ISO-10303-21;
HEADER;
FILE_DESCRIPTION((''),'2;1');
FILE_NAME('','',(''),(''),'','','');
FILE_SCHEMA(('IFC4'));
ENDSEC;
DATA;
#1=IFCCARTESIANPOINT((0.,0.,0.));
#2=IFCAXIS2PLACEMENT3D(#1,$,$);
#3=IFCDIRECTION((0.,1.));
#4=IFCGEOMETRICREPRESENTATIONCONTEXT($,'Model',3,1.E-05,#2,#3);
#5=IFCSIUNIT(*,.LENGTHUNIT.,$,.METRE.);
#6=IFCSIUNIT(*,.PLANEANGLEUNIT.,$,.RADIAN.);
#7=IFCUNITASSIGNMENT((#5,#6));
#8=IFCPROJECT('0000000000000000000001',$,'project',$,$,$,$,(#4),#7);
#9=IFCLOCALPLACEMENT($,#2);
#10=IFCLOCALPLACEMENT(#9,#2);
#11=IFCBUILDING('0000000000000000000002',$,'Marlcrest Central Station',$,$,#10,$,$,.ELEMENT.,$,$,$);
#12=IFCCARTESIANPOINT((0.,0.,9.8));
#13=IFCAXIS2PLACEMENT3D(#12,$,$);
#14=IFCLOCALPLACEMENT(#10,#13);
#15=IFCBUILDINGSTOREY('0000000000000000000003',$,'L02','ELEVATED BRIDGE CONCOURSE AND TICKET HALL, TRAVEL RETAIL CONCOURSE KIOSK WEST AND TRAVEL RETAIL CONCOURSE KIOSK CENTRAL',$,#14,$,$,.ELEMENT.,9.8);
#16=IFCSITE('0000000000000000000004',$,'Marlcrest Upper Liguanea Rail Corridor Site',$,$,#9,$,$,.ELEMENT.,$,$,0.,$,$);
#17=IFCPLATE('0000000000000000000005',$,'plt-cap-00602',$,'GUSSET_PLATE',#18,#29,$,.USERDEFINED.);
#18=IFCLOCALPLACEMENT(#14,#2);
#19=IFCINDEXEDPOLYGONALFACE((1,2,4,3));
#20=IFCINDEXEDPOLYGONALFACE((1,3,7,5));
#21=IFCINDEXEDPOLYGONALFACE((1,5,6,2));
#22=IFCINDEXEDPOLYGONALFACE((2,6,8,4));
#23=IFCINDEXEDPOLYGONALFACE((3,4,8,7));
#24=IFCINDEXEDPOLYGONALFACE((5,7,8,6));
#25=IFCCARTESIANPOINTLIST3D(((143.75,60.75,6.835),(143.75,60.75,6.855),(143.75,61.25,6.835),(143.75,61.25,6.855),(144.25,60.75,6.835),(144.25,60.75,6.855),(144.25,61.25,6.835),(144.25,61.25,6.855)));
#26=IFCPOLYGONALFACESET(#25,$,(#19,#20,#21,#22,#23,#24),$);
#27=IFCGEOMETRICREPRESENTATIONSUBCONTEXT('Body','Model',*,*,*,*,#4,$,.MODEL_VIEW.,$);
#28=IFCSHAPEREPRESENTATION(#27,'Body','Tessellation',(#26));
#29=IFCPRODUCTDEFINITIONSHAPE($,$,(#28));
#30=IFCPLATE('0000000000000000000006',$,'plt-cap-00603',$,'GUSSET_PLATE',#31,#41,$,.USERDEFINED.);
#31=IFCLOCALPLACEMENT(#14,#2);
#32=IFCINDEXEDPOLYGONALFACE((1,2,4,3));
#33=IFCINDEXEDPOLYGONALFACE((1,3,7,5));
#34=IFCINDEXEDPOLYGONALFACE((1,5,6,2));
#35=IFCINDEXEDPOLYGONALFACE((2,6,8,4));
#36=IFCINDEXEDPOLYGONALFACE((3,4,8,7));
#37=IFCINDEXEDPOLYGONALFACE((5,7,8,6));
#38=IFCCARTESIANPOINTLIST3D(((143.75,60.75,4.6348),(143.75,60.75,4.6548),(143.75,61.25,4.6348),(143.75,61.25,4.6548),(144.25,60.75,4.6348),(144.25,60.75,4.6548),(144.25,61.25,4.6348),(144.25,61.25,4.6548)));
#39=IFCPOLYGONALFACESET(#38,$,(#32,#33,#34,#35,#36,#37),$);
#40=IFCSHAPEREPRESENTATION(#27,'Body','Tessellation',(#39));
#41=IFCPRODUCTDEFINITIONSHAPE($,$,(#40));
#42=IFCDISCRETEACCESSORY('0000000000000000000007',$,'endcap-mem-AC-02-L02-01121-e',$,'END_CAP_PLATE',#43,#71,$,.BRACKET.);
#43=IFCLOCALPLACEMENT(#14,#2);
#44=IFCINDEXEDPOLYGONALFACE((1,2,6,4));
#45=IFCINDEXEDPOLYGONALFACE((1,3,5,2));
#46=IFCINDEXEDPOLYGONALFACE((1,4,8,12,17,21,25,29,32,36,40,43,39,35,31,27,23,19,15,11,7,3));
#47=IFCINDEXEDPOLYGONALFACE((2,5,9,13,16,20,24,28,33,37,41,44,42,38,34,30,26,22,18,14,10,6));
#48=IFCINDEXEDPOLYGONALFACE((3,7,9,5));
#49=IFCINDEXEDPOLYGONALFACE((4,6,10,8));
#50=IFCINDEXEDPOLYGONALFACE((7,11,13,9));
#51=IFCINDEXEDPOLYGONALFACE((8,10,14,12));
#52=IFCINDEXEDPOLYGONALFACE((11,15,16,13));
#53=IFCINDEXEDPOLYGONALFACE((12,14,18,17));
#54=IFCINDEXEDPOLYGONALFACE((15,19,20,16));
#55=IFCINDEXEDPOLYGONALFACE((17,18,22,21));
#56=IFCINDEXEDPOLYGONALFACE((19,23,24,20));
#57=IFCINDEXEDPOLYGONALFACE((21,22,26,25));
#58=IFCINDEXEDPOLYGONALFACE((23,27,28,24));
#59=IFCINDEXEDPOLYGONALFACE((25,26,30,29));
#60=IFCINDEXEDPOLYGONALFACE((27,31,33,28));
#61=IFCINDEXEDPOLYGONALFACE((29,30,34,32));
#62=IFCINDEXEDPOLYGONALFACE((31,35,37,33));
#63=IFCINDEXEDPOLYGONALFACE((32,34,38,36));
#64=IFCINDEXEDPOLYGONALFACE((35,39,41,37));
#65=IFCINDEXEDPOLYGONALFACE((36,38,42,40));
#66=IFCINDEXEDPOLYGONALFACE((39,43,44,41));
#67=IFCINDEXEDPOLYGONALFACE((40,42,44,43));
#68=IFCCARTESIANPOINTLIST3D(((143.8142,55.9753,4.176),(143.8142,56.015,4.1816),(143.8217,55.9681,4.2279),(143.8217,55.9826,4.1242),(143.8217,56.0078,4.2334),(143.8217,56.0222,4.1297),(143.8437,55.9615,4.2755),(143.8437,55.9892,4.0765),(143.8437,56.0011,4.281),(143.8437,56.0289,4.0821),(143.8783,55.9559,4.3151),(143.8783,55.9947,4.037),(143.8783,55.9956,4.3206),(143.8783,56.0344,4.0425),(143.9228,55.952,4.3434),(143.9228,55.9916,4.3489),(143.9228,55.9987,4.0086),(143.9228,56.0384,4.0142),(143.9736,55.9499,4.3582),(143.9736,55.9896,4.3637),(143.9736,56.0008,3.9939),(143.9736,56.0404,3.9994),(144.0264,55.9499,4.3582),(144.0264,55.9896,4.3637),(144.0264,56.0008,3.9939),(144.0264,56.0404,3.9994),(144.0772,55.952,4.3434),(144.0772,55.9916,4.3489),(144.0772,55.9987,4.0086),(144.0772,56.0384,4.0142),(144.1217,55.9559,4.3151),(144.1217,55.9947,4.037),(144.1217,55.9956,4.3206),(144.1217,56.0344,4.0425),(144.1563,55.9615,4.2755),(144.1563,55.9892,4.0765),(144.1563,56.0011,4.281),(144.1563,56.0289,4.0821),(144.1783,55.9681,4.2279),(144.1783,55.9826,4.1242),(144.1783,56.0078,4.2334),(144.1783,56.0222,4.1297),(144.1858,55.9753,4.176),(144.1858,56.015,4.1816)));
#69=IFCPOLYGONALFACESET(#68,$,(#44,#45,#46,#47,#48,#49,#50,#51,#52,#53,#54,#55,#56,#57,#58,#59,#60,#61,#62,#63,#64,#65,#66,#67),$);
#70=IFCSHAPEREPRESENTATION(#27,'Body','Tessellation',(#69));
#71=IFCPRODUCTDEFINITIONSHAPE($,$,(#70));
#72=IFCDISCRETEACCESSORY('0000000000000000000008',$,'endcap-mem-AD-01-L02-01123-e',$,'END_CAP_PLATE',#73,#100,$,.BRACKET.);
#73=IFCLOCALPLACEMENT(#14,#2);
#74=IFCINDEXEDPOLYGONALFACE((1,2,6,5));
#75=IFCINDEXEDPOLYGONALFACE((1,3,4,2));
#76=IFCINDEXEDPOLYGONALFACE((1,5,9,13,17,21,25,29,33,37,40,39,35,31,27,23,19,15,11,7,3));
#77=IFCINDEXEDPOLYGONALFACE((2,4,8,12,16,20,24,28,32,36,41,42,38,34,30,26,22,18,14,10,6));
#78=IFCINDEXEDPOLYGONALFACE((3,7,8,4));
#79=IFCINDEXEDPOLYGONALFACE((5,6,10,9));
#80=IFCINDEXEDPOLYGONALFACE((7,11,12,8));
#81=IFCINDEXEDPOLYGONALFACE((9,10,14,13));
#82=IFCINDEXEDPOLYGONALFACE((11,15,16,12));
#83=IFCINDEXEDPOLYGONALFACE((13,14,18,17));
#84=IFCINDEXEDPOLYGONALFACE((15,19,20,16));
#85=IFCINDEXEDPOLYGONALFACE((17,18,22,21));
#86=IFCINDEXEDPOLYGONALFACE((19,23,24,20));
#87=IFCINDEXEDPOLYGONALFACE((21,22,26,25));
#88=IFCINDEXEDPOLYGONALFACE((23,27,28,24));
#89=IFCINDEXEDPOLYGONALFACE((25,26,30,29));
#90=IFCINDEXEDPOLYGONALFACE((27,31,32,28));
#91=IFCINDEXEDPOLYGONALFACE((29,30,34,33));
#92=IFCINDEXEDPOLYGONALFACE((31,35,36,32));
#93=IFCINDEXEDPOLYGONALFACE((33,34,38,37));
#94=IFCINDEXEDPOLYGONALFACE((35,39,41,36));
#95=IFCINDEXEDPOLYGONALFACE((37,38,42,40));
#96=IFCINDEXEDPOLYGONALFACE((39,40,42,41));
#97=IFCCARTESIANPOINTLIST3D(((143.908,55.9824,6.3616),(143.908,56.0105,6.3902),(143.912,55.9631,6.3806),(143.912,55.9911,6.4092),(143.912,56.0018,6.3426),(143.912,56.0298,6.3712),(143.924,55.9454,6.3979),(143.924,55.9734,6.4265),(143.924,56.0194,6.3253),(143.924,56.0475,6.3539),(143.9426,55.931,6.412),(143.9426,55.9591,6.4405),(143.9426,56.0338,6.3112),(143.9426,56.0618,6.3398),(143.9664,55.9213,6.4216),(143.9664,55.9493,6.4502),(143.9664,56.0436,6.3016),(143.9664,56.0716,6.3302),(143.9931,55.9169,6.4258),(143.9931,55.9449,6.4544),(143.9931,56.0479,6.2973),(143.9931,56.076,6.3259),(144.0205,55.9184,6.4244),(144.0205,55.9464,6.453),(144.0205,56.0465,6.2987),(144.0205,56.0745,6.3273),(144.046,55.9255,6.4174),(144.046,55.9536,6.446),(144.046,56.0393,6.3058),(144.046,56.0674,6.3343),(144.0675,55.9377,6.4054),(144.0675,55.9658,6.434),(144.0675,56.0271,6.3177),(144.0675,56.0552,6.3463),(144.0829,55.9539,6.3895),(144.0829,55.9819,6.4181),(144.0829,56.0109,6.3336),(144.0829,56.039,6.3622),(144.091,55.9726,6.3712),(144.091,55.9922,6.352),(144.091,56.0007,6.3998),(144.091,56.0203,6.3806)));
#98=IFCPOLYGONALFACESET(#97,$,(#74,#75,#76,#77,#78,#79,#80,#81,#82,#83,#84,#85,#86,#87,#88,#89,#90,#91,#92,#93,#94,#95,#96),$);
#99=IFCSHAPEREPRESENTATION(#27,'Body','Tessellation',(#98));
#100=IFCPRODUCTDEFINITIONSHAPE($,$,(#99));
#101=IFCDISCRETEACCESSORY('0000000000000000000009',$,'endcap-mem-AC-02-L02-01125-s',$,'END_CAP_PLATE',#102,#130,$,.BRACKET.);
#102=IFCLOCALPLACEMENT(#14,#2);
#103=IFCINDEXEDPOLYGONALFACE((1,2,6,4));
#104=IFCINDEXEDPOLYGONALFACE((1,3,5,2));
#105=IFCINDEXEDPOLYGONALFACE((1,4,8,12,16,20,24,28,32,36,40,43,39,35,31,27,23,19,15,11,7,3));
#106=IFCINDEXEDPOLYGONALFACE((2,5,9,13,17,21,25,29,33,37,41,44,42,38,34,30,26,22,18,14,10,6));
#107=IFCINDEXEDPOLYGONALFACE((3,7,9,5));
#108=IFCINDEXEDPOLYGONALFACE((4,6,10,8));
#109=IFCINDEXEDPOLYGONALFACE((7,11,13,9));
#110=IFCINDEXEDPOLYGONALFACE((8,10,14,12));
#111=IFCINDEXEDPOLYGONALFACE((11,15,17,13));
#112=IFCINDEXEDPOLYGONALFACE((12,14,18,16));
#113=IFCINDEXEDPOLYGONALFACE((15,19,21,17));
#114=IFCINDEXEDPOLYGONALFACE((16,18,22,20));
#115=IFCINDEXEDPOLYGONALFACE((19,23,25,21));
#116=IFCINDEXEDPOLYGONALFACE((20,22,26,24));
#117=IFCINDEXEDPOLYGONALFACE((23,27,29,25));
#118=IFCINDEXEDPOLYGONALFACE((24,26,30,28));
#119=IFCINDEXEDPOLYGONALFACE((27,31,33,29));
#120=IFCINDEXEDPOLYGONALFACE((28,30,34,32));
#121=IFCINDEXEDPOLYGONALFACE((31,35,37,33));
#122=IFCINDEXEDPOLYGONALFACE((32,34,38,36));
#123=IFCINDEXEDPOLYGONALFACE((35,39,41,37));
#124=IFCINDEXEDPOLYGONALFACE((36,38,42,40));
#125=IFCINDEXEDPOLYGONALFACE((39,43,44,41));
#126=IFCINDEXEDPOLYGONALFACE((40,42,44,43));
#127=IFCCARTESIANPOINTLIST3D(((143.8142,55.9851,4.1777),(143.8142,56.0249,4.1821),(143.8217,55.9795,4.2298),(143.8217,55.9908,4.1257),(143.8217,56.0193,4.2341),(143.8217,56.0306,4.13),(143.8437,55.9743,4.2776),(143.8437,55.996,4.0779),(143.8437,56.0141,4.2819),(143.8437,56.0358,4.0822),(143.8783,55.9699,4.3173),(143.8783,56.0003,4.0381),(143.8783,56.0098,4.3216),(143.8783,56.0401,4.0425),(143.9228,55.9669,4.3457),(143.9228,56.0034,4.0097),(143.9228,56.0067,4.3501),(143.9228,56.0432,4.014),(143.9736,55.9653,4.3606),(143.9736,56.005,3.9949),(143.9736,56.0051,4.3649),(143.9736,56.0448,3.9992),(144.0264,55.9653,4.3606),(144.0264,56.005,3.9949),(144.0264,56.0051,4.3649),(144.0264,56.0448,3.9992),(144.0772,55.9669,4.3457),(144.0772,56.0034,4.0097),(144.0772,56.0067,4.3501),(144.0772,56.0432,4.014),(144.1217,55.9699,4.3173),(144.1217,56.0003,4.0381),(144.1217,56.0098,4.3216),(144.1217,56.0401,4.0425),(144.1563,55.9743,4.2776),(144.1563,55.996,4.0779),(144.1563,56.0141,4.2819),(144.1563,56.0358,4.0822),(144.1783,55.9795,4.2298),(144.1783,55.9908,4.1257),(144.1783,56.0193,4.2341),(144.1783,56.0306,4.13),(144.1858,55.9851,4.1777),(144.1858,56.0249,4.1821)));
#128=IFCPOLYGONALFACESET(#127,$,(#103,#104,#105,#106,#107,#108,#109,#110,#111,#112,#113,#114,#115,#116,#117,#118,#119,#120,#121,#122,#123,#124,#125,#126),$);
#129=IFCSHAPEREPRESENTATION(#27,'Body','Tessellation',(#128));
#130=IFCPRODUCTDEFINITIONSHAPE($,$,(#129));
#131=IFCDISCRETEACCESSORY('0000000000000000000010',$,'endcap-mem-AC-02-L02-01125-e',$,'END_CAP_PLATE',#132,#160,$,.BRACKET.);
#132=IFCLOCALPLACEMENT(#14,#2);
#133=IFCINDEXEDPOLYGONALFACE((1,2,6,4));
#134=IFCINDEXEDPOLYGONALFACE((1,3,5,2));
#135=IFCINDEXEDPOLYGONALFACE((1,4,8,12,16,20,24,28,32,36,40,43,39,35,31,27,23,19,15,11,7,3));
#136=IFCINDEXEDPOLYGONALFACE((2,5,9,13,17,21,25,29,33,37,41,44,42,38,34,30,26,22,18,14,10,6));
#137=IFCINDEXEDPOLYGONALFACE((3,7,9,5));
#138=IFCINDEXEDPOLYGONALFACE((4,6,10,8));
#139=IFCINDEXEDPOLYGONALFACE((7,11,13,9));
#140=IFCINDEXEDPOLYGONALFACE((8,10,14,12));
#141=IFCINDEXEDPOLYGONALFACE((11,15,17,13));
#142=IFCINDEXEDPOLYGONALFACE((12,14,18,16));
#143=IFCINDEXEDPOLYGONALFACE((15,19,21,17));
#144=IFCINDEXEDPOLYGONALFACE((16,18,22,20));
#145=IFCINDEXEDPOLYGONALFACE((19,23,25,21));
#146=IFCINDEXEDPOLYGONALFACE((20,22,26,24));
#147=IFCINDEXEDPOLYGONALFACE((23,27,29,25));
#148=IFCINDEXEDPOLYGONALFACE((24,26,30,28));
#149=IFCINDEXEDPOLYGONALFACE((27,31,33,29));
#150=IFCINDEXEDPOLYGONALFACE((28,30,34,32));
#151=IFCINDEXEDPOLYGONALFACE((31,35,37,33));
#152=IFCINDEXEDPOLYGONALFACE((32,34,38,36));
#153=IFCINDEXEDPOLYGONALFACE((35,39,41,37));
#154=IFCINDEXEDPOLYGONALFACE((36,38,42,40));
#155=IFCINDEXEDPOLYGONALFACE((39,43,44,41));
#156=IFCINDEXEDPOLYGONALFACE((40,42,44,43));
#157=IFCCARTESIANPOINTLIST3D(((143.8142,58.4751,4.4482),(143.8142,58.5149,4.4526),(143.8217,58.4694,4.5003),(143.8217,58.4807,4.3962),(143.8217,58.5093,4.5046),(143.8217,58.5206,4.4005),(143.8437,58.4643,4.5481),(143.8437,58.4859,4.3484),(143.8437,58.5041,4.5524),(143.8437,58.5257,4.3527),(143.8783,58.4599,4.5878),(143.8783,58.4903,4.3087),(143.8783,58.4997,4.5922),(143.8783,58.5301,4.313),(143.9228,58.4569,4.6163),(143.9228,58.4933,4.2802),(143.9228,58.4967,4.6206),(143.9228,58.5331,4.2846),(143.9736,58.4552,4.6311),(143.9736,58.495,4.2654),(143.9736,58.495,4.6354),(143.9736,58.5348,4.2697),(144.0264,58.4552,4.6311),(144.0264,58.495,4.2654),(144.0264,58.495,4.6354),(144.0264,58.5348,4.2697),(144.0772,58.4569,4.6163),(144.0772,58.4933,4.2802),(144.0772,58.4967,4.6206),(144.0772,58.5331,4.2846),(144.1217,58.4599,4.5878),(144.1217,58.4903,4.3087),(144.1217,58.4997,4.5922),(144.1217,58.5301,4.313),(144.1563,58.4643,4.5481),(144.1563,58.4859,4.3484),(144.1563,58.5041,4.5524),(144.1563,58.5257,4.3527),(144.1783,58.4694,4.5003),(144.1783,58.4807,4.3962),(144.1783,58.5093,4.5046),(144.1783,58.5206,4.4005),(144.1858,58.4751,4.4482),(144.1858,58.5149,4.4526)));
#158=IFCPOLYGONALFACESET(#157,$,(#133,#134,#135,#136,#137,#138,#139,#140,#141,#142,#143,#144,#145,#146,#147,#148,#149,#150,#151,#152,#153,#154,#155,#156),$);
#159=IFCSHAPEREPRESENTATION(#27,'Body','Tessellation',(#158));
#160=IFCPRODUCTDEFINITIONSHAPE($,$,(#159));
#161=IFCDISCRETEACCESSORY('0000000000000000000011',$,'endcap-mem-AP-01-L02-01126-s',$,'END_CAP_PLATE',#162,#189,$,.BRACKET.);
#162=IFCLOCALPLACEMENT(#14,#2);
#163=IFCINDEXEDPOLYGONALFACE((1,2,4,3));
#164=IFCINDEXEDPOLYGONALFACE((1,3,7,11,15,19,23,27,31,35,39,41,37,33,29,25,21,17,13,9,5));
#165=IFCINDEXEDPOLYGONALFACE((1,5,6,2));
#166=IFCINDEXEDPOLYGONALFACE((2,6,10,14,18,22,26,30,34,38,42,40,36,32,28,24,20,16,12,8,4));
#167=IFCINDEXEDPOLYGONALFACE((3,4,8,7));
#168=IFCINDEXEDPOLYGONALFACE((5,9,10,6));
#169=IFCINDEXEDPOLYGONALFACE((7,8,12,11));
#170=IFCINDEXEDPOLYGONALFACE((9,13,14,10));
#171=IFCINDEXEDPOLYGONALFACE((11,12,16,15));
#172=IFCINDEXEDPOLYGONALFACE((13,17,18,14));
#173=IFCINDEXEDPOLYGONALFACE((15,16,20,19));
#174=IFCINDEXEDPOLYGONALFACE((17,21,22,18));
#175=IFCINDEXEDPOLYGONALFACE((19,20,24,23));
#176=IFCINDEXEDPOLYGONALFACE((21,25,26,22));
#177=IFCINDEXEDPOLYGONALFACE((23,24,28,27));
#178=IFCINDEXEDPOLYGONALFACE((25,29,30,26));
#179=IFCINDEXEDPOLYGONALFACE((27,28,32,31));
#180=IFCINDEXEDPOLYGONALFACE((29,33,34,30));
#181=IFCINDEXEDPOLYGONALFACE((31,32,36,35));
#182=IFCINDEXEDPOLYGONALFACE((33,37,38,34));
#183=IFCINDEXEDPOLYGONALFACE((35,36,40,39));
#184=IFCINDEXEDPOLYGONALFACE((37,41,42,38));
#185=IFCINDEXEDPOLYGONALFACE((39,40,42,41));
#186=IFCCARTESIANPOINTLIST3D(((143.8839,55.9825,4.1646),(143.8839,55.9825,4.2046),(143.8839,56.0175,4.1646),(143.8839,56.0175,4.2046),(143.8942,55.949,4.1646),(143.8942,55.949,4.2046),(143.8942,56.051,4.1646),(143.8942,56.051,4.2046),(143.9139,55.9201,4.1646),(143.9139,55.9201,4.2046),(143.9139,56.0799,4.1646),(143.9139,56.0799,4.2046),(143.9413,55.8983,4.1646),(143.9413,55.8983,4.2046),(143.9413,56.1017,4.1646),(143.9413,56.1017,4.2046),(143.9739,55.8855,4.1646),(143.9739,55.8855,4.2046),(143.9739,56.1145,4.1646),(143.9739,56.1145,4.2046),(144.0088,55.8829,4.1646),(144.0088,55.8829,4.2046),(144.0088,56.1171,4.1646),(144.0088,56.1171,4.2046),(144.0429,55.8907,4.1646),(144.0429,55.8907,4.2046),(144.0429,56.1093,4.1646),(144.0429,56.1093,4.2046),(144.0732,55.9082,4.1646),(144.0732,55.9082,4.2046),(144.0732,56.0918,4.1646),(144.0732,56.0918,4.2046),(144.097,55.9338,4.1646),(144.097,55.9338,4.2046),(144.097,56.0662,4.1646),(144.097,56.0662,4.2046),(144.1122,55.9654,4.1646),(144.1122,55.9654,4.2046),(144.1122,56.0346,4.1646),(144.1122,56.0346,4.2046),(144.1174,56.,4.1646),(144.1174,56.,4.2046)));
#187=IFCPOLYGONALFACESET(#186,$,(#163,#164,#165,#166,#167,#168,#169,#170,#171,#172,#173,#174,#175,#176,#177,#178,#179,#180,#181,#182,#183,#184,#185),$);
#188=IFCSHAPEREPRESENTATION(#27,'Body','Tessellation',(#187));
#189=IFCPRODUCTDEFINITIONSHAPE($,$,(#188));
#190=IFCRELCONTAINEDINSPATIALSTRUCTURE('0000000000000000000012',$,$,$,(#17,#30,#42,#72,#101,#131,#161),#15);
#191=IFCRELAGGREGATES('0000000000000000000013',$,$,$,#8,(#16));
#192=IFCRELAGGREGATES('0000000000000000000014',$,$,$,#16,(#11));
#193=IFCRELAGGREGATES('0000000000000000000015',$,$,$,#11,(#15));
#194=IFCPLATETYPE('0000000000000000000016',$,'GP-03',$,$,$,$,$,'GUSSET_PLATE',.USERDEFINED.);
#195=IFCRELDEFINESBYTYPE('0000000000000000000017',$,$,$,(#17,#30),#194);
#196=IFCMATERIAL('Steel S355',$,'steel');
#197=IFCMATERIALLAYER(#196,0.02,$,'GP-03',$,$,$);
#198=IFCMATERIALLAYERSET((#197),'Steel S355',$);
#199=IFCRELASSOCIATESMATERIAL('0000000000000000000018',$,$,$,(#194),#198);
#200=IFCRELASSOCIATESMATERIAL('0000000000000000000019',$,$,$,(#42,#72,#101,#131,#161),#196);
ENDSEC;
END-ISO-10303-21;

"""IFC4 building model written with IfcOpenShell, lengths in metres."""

from ifc_helpers import new_model, si_unit, direction, frame, origin, origin_2d, place, context, subcontext, project, spatial, rectangle, circle, extrude, material, layer, layer_set, type_object, element, save


model = new_model("IFC4")

# Units and contexts
model_context = context("Model", 3, precision=1e-05, world=origin(), true_north=direction((0.0, 1.0)))
body_context = subcontext(model_context, "Body", "Model", "MODEL_VIEW")
ifc_project = project(units=[si_unit("LENGTHUNIT", "METRE"), si_unit("PLANEANGLEUNIT", "RADIAN")], contexts=[model_context])

# Site, building, storey
site_placement = place(None, origin())
site = spatial("IfcSite", under=ifc_project, at=site_placement, Name="Marlcrest Upper Liguanea Rail Corridor Site", CompositionType="ELEMENT", RefElevation=0.0)
building_placement = place(site_placement, origin())
building = spatial("IfcBuilding", under=site, at=building_placement, Name="Marlcrest Central Station", CompositionType="ELEMENT")
storey_placement = place(building_placement, frame((0.0, 0.0, 9.8)))
storey = spatial("IfcBuildingStorey", under=building, at=storey_placement, Name="L02", Description="ELEVATED BRIDGE CONCOURSE AND TICKET HALL, TRAVEL RETAIL CONCOURSE KIOSK WEST AND TRAVEL RETAIL CONCOURSE KIOSK CENTRAL", CompositionType="ELEMENT", Elevation=9.8)

# Shared definitions
ifc_material = material(Name="Steel S355", Category="steel")

# Plates
ifc_layer = layer(ifc_material, 0.02, Name="GP-03")
ifc_layer_set = layer_set([ifc_layer], Name="Steel S355")
plate_type = type_object("IfcPlateType", Name="GP-03", ElementType="GUSSET_PLATE", PredefinedType="USERDEFINED", material=ifc_layer_set)
for number, where, z_axis, x_axis, name in (
    (1, (144.0, 61.0, 6.835), (0.0, 0.0, 1.0), (1.0, 0.0, 0.0), "plt-cap-00602"),
    (2, (144.0, 61.0, 4.6348), (0.0, 0.0, 1.0), (1.0, 0.0, 0.0), "plt-cap-00603"),
):
    element("IfcPlate", number, at=place(storey_placement, frame(where, z_axis=z_axis, x_axis=x_axis)), inside=storey, type_object=plate_type, Name=name, ObjectType="GUSSET_PLATE", PredefinedType="USERDEFINED", context=body_context, shape_type="SweptSolid", body=[
        extrude(rectangle(XDim=0.5, YDim=0.5, at=origin_2d()), origin(), (0.0, 0.0, 1.0), 0.02),
    ])

# Discrete accessories
discrete_accessory_1_placement = place(storey_placement, frame((144.0, 55.9753, 4.176), z_axis=(0.0, 0.990403, 0.138211), x_axis=(-1.0, 0.0, 0.0)))
element("IfcDiscreteAccessory", 3, at=discrete_accessory_1_placement, inside=storey, material=ifc_material, Name="endcap-mem-AC-02-L02-01121-e", ObjectType="END_CAP_PLATE", PredefinedType="BRACKET", context=body_context, shape_type="SweptSolid", body=[
    extrude(circle(Radius=0.1858, at=origin_2d()), origin(), (0.0, 0.0, 1.0), 0.04),
])
discrete_accessory_2_placement = place(storey_placement, frame((144.0, 55.9824, 6.3616), z_axis=(0.0, 0.700235, 0.713912), x_axis=(-1.0, 0.0, 0.0)))
element("IfcDiscreteAccessory", 4, at=discrete_accessory_2_placement, inside=storey, material=ifc_material, Name="endcap-mem-AD-01-L02-01123-e", ObjectType="END_CAP_PLATE", PredefinedType="BRACKET", context=body_context, shape_type="SweptSolid", body=[
    extrude(circle(Radius=0.092, at=origin_2d()), origin(), (0.0, 0.0, 1.0), 0.04),
])
for number, where, z_axis, x_axis, name in (
    (5, (144.0, 55.9851, 4.1777), (0.0, 0.994155, 0.107959), (-1.0, 0.0, 0.0), "endcap-mem-AC-02-L02-01125-s"),
    (6, (144.0, 58.4751, 4.4482), (0.0, 0.994155, 0.107959), (-1.0, 0.0, 0.0), "endcap-mem-AC-02-L02-01125-e"),
):
    element("IfcDiscreteAccessory", number, at=place(storey_placement, frame(where, z_axis=z_axis, x_axis=x_axis)), inside=storey, material=ifc_material, Name=name, ObjectType="END_CAP_PLATE", PredefinedType="BRACKET", context=body_context, shape_type="SweptSolid", body=[
        extrude(circle(Radius=0.1858, at=origin_2d()), origin(), (0.0, 0.0, 1.0), 0.04),
    ])
for number, where, z_axis, x_axis, name in (
    (7, (144.0, 56.0, 4.1646), (0.0, 0.0, 1.0), (1.0, 0.0, 0.0), "endcap-mem-AP-01-L02-01126-s"),
):
    element("IfcDiscreteAccessory", number, at=place(storey_placement, frame(where, z_axis=z_axis, x_axis=x_axis)), inside=storey, material=ifc_material, Name=name, ObjectType="END_CAP_PLATE", PredefinedType="BRACKET", context=body_context, shape_type="SweptSolid", body=[
        extrude(circle(Radius=0.1174, at=origin_2d()), origin(), (0.0, 0.0, 1.0), 0.04),
    ])

save(model, "model.ifc")
